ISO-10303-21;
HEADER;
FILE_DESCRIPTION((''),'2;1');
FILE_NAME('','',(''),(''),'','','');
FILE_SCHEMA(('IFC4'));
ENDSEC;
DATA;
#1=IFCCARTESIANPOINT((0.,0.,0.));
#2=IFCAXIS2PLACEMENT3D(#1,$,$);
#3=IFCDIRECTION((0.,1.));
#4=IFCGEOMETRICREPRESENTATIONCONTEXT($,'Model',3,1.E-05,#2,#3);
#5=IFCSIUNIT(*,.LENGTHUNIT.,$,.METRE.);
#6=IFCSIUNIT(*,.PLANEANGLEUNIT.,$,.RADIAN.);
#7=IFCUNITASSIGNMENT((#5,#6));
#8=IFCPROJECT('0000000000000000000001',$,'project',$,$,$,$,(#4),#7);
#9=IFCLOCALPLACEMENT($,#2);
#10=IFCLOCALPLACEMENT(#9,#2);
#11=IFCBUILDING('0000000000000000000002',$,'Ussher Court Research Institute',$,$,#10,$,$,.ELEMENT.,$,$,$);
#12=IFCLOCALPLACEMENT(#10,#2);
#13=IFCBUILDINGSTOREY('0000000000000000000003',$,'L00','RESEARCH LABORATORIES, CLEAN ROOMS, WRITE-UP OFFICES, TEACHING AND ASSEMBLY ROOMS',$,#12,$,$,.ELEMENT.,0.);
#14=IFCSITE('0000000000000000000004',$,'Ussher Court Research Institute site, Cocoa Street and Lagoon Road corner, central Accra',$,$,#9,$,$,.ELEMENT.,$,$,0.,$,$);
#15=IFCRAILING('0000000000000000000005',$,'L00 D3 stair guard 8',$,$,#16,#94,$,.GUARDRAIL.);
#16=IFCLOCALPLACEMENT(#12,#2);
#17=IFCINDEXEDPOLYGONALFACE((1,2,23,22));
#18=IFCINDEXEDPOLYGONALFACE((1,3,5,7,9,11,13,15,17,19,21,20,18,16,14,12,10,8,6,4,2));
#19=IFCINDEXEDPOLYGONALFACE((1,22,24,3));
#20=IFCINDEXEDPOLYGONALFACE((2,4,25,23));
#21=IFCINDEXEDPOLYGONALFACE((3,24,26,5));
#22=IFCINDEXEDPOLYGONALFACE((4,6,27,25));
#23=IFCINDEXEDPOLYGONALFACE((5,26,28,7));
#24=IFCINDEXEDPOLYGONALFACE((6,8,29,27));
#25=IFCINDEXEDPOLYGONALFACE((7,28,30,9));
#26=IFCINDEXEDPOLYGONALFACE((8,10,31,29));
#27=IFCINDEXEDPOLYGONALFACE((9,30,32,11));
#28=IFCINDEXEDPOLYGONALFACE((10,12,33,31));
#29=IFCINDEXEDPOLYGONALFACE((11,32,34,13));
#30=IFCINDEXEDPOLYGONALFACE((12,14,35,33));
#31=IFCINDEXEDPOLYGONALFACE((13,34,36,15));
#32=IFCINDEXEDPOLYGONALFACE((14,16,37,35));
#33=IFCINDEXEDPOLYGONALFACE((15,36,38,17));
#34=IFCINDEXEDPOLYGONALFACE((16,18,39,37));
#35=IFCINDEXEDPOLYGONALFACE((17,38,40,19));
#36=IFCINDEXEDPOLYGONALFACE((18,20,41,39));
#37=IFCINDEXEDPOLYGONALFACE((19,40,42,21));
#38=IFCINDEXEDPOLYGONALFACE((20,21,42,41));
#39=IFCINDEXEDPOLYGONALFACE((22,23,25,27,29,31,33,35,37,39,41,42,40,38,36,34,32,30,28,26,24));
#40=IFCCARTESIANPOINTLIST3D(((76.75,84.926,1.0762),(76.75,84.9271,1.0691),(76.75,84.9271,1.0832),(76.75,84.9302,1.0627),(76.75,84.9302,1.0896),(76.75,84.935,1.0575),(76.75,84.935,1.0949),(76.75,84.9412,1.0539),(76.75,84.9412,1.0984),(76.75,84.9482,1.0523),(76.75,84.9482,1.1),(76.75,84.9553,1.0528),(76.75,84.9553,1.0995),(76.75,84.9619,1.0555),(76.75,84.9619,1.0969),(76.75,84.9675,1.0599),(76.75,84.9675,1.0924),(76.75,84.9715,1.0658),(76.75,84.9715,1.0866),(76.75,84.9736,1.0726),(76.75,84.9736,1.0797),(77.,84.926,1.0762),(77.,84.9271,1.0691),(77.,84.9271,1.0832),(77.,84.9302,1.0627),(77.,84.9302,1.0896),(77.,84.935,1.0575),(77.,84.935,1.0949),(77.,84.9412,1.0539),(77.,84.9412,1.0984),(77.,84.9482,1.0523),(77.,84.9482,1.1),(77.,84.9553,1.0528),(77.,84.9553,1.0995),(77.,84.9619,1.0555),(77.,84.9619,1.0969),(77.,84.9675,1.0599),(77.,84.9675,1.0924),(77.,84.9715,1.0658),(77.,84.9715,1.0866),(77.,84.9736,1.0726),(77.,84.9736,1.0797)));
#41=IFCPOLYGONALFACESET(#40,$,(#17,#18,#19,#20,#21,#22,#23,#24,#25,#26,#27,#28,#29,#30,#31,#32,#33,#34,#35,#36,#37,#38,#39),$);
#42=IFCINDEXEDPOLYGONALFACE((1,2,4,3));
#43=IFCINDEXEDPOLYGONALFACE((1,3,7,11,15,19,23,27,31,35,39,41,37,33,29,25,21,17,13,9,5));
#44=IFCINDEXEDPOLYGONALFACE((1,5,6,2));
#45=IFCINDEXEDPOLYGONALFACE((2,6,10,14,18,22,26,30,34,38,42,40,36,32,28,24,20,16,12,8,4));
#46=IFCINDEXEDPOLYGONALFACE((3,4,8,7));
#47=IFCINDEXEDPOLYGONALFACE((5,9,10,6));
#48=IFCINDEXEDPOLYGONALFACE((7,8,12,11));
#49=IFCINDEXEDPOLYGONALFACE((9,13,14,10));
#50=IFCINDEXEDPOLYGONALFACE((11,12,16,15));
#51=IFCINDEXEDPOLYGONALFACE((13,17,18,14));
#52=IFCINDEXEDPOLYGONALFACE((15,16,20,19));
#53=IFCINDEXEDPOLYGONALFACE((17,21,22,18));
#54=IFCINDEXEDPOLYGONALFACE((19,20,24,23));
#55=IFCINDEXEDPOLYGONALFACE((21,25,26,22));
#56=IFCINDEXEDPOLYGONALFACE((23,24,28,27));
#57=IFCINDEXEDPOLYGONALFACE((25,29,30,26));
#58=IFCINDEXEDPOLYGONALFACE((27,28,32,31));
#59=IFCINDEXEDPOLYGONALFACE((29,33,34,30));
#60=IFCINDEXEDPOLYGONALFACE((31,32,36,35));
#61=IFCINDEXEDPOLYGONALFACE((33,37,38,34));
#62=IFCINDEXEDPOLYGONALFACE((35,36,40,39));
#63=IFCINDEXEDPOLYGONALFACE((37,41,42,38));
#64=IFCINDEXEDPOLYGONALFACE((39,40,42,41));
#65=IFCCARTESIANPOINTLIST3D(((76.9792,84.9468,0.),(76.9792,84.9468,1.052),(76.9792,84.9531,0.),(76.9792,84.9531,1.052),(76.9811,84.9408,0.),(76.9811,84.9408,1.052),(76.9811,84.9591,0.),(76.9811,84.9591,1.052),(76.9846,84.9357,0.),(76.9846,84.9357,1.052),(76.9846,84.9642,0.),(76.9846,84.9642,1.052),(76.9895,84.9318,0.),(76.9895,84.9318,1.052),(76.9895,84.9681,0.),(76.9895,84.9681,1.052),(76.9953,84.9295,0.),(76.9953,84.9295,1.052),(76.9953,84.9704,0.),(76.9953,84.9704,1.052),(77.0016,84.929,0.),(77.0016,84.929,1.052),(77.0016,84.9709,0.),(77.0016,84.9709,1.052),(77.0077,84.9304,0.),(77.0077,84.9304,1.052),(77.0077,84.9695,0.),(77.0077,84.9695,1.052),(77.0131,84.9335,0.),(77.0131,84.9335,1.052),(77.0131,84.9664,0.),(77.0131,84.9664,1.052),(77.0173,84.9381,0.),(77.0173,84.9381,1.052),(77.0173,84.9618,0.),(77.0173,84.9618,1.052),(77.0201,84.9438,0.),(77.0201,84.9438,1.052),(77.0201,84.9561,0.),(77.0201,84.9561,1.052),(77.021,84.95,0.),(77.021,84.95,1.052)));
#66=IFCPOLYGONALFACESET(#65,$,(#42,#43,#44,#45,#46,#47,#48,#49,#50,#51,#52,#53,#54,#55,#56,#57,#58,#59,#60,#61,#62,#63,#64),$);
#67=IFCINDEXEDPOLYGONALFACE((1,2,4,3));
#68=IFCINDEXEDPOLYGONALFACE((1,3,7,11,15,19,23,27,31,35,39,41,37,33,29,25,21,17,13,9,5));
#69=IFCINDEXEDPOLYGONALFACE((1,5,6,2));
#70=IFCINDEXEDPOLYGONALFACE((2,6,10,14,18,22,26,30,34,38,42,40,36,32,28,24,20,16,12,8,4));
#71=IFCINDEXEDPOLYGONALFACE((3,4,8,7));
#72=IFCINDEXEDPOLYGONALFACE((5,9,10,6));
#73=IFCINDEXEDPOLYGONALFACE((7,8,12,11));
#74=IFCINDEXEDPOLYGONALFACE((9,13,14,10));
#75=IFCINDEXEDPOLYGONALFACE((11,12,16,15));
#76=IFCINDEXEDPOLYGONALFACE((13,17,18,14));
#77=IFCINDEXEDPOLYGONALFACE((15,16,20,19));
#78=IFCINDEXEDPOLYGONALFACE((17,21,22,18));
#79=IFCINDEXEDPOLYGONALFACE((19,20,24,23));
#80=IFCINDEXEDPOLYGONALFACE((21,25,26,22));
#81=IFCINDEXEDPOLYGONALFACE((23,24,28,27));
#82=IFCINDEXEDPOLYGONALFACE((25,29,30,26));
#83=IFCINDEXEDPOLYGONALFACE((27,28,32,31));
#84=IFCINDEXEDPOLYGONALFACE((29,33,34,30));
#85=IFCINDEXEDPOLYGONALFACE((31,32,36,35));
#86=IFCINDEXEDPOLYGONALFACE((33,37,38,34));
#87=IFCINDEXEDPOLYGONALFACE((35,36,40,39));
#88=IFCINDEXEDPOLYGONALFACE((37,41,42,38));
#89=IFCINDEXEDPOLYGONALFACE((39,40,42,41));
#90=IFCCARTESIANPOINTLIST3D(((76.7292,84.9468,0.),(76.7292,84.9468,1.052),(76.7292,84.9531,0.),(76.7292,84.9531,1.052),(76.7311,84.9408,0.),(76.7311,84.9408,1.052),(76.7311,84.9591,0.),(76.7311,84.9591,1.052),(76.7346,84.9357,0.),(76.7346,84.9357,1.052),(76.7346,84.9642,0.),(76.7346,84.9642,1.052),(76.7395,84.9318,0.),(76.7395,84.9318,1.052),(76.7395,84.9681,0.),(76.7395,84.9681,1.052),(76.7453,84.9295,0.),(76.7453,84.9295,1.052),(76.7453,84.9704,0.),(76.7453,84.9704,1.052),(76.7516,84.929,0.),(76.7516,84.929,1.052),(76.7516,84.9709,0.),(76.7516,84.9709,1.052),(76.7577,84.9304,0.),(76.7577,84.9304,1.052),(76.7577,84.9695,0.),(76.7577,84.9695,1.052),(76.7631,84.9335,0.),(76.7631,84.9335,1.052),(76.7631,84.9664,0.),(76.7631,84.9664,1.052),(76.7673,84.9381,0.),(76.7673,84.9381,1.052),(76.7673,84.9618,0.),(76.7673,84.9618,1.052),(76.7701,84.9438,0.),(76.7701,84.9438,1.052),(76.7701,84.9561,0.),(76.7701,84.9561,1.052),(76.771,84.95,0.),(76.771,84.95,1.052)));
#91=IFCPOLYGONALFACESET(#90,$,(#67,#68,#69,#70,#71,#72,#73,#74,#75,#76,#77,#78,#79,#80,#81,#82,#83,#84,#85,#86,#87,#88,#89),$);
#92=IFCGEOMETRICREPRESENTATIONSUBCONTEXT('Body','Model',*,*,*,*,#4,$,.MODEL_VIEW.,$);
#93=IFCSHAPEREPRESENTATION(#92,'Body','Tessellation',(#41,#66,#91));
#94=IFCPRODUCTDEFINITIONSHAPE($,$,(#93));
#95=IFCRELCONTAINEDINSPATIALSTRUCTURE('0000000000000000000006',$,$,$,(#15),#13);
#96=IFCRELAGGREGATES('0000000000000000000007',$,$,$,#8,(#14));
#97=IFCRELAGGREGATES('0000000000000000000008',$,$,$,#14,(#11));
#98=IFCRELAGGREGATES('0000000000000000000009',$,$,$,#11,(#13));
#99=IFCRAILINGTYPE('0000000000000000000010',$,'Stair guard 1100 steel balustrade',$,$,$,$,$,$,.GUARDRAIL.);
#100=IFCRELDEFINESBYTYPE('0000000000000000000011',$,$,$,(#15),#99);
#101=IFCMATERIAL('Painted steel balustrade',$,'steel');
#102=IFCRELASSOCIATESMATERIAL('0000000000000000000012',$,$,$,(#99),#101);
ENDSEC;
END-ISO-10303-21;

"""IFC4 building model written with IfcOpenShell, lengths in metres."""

from ifc_helpers import new_model, si_unit, direction, frame, origin, origin_2d, place, context, subcontext, project, spatial, circle, extrude, material, type_object, element, save


model = new_model("IFC4")

# Units and contexts
model_context = context("Model", 3, precision=1e-05, world=origin(), true_north=direction((0.0, 1.0)))
body_context = subcontext(model_context, "Body", "Model", "MODEL_VIEW")
ifc_project = project(units=[si_unit("LENGTHUNIT", "METRE"), si_unit("PLANEANGLEUNIT", "RADIAN")], contexts=[model_context])

# Site, building, storey
site_placement = place(None, origin())
site = spatial("IfcSite", under=ifc_project, at=site_placement, Name="Ussher Court Research Institute site, Cocoa Street and Lagoon Road corner, central Accra", CompositionType="ELEMENT", RefElevation=0.0)
building_placement = place(site_placement, origin())
building = spatial("IfcBuilding", under=site, at=building_placement, Name="Ussher Court Research Institute", CompositionType="ELEMENT")
storey_placement = place(building_placement, origin())
storey = spatial("IfcBuildingStorey", under=building, at=storey_placement, Name="L00", Description="RESEARCH LABORATORIES, CLEAN ROOMS, WRITE-UP OFFICES, TEACHING AND ASSEMBLY ROOMS", CompositionType="ELEMENT", Elevation=0.0)

# Railing
ifc_material_1 = material(Name="Painted steel balustrade", Category="steel")
railing_type_1 = type_object("IfcRailingType", Name="Stair guard 1100 steel balustrade", PredefinedType="GUARDRAIL", material=ifc_material_1)
railing_1_placement = place(storey_placement, frame((77.0, 84.95, 0.0)))
element("IfcRailing", 1, at=railing_1_placement, inside=storey, type_object=railing_type_1, Name="L00 D3 stair guard 8", PredefinedType="GUARDRAIL", context=body_context, shape_type="SweptSolid", body=[
    extrude(circle(Radius=0.0239, at=origin_2d()), frame((0.0, 0.0, 1.0762), z_axis=(-1.0, 0.0, 0.0), x_axis=(0.0, -1.0, 0.0)), (0.0, 0.0, 1.0), 0.25),
    extrude(circle(Radius=0.021, at=origin_2d()), origin(), (0.0, 0.0, 1.0), 1.052),
    extrude(circle(Radius=0.021, at=origin_2d()), frame((-0.25, 0.0, 0.0)), (0.0, 0.0, 1.0), 1.052),
])

save(model, "model.ifc")
